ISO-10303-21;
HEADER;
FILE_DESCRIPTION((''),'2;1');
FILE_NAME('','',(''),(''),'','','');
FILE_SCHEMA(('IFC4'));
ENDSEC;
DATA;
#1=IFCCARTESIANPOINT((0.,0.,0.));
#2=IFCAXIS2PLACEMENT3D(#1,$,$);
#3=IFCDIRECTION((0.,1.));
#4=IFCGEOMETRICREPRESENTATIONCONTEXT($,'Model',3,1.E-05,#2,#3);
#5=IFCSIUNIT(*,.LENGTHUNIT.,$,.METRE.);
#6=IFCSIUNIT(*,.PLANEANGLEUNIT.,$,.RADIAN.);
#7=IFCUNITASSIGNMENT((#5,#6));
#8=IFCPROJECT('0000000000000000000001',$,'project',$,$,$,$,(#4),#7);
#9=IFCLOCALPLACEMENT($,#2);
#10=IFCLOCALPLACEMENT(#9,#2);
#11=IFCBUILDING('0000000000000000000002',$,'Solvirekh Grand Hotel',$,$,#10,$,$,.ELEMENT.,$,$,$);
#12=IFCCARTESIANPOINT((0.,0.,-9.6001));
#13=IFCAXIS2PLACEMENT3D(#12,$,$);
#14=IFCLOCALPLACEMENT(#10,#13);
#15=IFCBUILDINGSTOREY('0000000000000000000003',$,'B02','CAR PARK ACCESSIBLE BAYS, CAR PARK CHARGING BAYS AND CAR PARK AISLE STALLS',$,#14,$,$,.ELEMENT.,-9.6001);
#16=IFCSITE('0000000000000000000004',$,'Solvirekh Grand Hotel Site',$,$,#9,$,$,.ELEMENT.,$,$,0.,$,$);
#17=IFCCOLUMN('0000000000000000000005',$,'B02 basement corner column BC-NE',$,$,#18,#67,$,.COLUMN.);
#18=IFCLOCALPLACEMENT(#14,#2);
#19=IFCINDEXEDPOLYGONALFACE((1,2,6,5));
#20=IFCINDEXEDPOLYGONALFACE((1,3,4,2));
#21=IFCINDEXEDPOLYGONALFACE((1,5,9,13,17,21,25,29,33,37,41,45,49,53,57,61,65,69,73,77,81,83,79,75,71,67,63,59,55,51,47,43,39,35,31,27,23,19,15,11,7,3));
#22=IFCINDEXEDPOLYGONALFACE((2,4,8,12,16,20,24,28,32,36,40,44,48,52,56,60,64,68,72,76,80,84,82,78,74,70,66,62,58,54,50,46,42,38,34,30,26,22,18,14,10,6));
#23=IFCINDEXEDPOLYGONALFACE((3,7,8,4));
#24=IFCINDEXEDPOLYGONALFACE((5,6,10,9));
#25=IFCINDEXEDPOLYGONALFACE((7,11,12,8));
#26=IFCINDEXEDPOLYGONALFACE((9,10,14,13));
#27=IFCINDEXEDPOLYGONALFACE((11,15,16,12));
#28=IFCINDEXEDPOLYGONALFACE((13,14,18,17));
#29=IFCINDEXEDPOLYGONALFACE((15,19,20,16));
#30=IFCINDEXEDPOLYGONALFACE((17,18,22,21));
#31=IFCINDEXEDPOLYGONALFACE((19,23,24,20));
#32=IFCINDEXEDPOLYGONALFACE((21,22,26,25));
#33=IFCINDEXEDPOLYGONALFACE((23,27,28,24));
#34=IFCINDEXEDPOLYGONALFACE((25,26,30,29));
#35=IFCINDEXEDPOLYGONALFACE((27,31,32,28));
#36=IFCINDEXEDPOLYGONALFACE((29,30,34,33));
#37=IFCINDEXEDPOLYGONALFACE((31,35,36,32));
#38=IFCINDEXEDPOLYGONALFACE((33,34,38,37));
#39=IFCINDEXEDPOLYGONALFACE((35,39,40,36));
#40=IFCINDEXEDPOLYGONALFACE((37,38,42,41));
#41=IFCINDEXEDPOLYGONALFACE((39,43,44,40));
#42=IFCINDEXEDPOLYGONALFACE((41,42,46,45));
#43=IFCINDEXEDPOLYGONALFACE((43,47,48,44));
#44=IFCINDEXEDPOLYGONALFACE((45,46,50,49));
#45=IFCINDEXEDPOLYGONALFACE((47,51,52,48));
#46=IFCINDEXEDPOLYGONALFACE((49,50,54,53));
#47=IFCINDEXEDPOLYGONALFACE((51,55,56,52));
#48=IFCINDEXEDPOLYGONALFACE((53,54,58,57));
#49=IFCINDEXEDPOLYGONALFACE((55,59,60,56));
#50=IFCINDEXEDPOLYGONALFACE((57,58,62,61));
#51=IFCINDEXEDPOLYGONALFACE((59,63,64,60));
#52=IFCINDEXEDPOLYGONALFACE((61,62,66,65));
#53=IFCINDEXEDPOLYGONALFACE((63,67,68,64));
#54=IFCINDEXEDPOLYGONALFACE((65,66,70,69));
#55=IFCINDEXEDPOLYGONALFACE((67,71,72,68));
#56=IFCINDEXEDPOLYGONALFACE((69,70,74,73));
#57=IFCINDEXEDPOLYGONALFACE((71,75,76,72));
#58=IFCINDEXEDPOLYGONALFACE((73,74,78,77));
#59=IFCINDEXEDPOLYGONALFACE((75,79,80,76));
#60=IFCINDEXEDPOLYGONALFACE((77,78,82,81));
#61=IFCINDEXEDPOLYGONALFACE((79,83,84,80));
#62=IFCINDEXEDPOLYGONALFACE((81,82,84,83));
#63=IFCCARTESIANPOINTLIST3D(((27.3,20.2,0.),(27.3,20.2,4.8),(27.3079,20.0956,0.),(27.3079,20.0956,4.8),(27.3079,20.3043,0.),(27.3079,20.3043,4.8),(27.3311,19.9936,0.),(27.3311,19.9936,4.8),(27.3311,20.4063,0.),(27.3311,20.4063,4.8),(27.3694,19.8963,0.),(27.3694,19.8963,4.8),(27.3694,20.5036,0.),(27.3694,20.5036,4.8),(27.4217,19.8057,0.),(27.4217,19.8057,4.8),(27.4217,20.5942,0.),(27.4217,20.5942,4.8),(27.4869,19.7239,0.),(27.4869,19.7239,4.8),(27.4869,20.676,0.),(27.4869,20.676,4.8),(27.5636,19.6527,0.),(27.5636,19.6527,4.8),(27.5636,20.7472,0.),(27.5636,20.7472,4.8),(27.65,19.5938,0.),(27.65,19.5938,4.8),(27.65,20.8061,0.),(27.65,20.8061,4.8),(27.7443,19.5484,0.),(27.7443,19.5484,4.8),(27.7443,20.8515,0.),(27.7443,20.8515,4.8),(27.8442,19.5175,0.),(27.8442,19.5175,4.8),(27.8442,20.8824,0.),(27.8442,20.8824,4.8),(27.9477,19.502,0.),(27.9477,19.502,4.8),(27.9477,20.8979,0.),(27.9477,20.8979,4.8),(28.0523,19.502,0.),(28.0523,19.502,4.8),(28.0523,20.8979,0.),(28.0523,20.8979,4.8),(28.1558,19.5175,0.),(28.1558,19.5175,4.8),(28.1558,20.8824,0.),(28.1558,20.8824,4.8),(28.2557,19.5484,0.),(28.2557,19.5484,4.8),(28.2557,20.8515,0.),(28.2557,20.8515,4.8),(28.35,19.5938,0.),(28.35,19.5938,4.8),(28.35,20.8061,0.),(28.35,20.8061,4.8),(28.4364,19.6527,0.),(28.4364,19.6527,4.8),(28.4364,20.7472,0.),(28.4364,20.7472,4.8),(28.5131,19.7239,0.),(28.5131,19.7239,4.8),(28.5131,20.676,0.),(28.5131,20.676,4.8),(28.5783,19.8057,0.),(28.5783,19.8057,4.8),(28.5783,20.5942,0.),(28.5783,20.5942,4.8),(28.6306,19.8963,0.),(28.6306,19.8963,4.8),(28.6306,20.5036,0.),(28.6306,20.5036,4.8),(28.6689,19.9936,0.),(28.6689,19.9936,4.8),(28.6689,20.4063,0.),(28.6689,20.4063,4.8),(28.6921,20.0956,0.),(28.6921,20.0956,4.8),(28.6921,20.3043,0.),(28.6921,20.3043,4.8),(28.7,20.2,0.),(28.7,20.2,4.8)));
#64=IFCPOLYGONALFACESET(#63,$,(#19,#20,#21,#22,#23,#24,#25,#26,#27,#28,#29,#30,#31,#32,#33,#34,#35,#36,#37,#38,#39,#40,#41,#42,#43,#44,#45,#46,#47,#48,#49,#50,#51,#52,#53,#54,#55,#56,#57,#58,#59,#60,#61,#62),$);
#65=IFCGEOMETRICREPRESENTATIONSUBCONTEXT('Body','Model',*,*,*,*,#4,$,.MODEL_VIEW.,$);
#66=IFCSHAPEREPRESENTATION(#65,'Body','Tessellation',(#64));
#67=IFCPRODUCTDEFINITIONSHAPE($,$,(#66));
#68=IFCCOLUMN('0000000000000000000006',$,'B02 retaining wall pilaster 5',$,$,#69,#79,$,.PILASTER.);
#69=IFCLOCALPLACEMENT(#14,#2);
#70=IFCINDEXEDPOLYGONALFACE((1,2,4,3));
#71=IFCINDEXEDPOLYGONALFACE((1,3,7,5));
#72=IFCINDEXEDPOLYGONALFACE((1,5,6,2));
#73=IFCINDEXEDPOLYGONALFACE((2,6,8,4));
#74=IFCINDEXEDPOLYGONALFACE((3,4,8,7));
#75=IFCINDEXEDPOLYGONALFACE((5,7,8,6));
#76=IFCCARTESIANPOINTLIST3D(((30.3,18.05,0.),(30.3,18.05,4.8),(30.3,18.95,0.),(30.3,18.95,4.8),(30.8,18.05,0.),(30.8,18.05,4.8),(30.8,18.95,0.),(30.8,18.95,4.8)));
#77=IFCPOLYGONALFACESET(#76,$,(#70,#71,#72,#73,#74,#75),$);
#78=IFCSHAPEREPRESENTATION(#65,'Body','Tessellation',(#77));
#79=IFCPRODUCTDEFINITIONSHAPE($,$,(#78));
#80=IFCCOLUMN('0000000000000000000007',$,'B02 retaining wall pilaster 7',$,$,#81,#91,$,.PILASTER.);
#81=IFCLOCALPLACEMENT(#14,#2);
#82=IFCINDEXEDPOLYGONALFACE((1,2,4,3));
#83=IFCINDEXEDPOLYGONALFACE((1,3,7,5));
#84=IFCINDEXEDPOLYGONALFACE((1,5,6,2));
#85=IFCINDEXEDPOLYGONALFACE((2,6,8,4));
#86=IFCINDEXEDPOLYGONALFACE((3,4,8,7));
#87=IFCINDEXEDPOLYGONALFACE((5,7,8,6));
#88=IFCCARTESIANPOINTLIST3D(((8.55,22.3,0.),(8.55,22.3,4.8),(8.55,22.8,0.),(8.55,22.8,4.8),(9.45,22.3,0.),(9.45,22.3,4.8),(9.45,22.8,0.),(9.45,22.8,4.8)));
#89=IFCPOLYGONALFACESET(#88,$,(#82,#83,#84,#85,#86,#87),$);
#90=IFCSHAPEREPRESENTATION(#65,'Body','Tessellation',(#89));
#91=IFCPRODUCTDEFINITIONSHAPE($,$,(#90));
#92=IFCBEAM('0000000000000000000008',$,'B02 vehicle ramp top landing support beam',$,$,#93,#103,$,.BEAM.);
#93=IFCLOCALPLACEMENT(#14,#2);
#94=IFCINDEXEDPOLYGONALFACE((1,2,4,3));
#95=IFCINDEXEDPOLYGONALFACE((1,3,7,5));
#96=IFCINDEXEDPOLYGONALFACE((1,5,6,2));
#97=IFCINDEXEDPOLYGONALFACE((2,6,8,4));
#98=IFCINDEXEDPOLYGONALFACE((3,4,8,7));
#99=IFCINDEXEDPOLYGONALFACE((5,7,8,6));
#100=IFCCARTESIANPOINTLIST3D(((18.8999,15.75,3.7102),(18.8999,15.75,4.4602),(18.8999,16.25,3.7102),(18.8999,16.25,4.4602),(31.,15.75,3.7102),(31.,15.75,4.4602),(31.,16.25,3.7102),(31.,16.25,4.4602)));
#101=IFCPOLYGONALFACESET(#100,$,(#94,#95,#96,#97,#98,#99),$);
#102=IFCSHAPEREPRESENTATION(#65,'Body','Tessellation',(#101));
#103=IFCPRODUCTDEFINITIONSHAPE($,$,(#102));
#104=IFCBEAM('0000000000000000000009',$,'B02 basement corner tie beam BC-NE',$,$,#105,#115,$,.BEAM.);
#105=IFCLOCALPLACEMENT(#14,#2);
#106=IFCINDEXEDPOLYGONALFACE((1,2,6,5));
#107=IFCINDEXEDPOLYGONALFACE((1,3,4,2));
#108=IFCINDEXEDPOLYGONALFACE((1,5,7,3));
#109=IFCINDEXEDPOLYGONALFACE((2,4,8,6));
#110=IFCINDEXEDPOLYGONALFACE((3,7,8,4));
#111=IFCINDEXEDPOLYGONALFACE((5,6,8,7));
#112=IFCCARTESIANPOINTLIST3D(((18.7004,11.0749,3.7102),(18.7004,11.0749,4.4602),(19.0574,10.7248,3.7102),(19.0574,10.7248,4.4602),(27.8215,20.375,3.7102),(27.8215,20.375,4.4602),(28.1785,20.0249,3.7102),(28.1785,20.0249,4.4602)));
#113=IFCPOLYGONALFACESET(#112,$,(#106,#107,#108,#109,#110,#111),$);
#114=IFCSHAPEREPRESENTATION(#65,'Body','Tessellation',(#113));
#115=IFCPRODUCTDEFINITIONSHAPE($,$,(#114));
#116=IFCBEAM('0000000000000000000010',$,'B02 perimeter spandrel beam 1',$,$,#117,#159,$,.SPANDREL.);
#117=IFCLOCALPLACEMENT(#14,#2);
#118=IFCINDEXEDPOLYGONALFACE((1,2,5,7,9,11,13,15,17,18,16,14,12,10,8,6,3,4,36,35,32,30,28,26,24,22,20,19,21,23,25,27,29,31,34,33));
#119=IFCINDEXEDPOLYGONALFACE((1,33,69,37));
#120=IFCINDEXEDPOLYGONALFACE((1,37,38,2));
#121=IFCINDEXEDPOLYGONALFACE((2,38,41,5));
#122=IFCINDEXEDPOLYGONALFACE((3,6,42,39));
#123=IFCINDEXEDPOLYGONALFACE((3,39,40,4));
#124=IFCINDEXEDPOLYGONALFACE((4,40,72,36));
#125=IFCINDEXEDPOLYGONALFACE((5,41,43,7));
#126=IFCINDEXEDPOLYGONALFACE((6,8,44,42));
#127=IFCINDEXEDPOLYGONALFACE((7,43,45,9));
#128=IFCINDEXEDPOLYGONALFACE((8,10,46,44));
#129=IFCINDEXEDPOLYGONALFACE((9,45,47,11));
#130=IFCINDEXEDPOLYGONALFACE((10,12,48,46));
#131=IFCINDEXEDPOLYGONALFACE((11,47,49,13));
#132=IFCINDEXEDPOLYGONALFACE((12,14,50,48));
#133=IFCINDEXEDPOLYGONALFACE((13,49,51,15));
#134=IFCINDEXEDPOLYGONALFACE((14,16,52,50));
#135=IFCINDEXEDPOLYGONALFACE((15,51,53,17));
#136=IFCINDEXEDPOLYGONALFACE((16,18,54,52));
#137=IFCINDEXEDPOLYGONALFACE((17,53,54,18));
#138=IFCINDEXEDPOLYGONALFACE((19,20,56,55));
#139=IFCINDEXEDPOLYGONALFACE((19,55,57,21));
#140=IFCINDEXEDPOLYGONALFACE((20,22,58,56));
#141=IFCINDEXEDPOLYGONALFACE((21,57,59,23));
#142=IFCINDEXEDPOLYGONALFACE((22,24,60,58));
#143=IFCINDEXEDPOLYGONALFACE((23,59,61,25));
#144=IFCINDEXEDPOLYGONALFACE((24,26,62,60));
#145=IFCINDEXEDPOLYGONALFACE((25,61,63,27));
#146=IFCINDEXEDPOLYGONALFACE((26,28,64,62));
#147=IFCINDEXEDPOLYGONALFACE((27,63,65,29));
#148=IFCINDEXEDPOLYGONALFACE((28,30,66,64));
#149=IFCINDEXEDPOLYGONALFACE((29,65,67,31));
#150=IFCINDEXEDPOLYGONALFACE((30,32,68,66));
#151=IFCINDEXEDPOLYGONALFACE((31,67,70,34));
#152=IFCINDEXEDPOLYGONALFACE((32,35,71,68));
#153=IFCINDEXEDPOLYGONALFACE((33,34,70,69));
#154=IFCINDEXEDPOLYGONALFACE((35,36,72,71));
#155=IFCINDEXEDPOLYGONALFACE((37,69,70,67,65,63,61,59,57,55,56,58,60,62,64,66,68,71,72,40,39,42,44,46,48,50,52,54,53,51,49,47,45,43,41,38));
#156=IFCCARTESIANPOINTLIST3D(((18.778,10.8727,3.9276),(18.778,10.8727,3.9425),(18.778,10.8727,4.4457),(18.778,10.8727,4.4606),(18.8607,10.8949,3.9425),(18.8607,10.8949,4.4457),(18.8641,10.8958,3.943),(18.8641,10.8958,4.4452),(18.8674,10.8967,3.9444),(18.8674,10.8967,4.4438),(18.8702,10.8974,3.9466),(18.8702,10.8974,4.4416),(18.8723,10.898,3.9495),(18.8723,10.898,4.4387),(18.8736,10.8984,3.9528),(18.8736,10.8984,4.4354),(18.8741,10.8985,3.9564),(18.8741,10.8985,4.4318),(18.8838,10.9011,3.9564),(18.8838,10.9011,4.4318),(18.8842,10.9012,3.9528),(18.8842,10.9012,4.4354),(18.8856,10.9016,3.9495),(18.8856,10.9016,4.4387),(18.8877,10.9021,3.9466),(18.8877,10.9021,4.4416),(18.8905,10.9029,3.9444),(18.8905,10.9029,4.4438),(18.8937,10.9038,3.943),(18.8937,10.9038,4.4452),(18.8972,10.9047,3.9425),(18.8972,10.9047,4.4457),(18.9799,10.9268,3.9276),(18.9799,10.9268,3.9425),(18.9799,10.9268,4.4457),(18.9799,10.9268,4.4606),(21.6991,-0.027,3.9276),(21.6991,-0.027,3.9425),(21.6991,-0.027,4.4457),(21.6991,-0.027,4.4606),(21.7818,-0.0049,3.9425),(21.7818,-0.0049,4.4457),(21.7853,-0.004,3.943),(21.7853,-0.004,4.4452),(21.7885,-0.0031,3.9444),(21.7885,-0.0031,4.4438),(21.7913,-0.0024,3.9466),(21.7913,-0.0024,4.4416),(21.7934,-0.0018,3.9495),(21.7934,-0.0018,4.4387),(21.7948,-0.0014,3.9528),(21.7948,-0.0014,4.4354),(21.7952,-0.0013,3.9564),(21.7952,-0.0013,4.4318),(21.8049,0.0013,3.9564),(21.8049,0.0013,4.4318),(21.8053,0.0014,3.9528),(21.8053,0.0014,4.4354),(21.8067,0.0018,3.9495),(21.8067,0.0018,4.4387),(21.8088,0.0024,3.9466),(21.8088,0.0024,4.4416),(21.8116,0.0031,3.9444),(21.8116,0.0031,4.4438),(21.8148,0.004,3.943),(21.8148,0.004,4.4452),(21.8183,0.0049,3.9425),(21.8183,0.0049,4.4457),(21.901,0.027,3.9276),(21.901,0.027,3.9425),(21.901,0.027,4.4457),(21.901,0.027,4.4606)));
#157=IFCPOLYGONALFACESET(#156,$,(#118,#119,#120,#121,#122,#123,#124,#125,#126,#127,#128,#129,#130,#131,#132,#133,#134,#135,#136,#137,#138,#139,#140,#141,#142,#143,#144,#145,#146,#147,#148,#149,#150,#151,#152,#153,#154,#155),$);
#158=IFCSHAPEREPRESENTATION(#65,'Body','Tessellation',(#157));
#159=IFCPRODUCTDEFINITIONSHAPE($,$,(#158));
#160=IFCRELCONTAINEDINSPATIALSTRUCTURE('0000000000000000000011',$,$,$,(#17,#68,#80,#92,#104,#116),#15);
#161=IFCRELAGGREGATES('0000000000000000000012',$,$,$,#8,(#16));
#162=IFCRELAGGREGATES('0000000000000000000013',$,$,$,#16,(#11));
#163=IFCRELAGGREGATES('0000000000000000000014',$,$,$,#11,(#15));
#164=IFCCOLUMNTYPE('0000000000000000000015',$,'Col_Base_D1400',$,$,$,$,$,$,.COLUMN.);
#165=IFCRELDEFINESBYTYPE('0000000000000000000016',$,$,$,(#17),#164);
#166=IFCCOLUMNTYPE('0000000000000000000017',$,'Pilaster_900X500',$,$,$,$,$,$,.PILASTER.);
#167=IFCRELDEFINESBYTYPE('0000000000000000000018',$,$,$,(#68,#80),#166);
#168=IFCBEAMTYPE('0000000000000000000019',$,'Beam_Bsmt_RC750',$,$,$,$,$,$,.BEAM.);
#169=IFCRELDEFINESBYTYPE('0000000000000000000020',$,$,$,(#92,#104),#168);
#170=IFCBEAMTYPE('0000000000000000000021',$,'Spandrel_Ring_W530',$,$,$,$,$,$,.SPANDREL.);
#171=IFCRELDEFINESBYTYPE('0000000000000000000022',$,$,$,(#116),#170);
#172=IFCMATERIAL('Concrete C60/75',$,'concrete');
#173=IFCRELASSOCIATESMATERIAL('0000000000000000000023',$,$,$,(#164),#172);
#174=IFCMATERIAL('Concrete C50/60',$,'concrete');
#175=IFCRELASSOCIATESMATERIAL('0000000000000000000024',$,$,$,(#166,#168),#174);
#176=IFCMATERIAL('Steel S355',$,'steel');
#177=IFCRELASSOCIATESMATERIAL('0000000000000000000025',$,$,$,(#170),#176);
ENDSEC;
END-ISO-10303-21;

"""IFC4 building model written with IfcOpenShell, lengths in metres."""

from ifc_helpers import new_model, si_unit, direction, frame, origin, origin_2d, place, context, subcontext, project, spatial, rectangle, circle, i_section, extrude, material, material_profile, profile_set, type_object, element, save


model = new_model("IFC4")

# Units and contexts
model_context = context("Model", 3, precision=1e-05, world=origin(), true_north=direction((0.0, 1.0)))
body_context = subcontext(model_context, "Body", "Model", "MODEL_VIEW")
ifc_project = project(units=[si_unit("LENGTHUNIT", "METRE"), si_unit("PLANEANGLEUNIT", "RADIAN")], contexts=[model_context])

# Site, building, storey
site_placement = place(None, origin())
site = spatial("IfcSite", under=ifc_project, at=site_placement, Name="Solvirekh Grand Hotel Site", CompositionType="ELEMENT", RefElevation=0.0)
building_placement = place(site_placement, origin())
building = spatial("IfcBuilding", under=site, at=building_placement, Name="Solvirekh Grand Hotel", CompositionType="ELEMENT")
storey_placement = place(building_placement, frame((0.0, 0.0, -9.6001)))
storey = spatial("IfcBuildingStorey", under=building, at=storey_placement, Name="B02", Description="CAR PARK ACCESSIBLE BAYS, CAR PARK CHARGING BAYS AND CAR PARK AISLE STALLS", CompositionType="ELEMENT", Elevation=-9.6001)

# Shared definitions
ifc_material_1 = material(Name="Concrete C50/60", Category="concrete")

# Columns
ifc_material_2 = material(Name="Concrete C60/75", Category="concrete")
ifc_material_profile_1 = material_profile(ifc_material_2, circle(Radius=0.7, at=origin_2d()), Name="RC CIRC D1400")
ifc_profile_set_1 = profile_set([ifc_material_profile_1], Name="Concrete C60/75")
column_type_1 = type_object("IfcColumnType", Name="Col_Base_D1400", PredefinedType="COLUMN", material=ifc_profile_set_1)
for number, where, z_axis, x_axis, name in (
    (1, (28.0, 20.2, 0.0), (0.0, 0.0, 1.0), (1.0, 0.0, 0.0), "B02 basement corner column BC-NE"),
):
    element("IfcColumn", number, at=place(storey_placement, frame(where, z_axis=z_axis, x_axis=x_axis)), inside=storey, type_object=column_type_1, Name=name, PredefinedType="COLUMN", context=body_context, shape_type="SweptSolid", body=[
        extrude(circle(Radius=0.7, at=origin_2d()), origin(), (0.0, 0.0, 1.0), 4.8),
    ])
ifc_material_profile_2 = material_profile(ifc_material_1, rectangle(XDim=0.5, YDim=0.8999, at=origin_2d()), Name="RC PILASTER 900X500")
ifc_profile_set_2 = profile_set([ifc_material_profile_2], Name="Concrete C50/60")
column_type_2 = type_object("IfcColumnType", Name="Pilaster_900X500", PredefinedType="PILASTER", material=ifc_profile_set_2)
for number, where, z_axis, x_axis, name in (
    (2, (30.55, 18.5, 0.0), (0.0, 0.0, 1.0), (1.0, 0.0, 0.0), "B02 retaining wall pilaster 5"),
    (3, (9.0, 22.55, 0.0), (0.0, 0.0, 1.0), (0.0, 1.0, 0.0), "B02 retaining wall pilaster 7"),
):
    element("IfcColumn", number, at=place(storey_placement, frame(where, z_axis=z_axis, x_axis=x_axis)), inside=storey, type_object=column_type_2, Name=name, PredefinedType="PILASTER", context=body_context, shape_type="SweptSolid", body=[
        extrude(rectangle(XDim=0.5, YDim=0.8999, at=origin_2d()), origin(), (0.0, 0.0, 1.0), 4.8),
    ])

# Beams
ifc_material_profile_3 = material_profile(ifc_material_1, rectangle(XDim=0.5, YDim=0.75, at=origin_2d()), Name="RC BEAM 500X750")
ifc_profile_set_3 = profile_set([ifc_material_profile_3], Name="Concrete C50/60")
beam_type_1 = type_object("IfcBeamType", Name="Beam_Bsmt_RC750", PredefinedType="BEAM", material=ifc_profile_set_3)
beam_1_placement = place(storey_placement, frame((18.8999, 16.0, 4.0852), z_axis=(1.0, 0.0, 0.0), x_axis=(0.0, 1.0, 0.0)))
element("IfcBeam", 4, at=beam_1_placement, inside=storey, type_object=beam_type_1, Name="B02 vehicle ramp top landing support beam", PredefinedType="BEAM", context=body_context, shape_type="SweptSolid", body=[
    extrude(rectangle(XDim=0.5, YDim=0.75, at=origin_2d()), origin(), (0.0, 0.0, 1.0), 12.1001),
])
beam_2_placement = place(storey_placement, frame((28.0, 20.2, 4.0852), z_axis=(-0.700204, -0.713942, 0.0), x_axis=(0.713942, -0.700204, 0.0)))
element("IfcBeam", 5, at=beam_2_placement, inside=storey, type_object=beam_type_1, Name="B02 basement corner tie beam BC-NE", PredefinedType="BEAM", context=body_context, shape_type="SweptSolid", body=[
    extrude(rectangle(XDim=0.5, YDim=0.75, at=origin_2d()), origin(), (0.0, 0.0, 1.0), 13.0264),
])
ifc_material_3 = material(Name="Steel S355", Category="steel")
ifc_material_profile_4 = material_profile(ifc_material_3, i_section(OverallWidth=0.209, OverallDepth=0.533, WebThickness=0.01, FlangeThickness=0.0149, FilletRadius=0.0139, at=origin_2d()), Name="W530X92")
ifc_profile_set_4 = profile_set([ifc_material_profile_4], Name="Steel S355")
beam_type_2 = type_object("IfcBeamType", Name="Spandrel_Ring_W530", PredefinedType="SPANDREL", material=ifc_profile_set_4)
beam_3_placement = place(storey_placement, frame((21.8, 0.0, 4.1941), z_axis=(-0.258862, 0.965914, 0.0), x_axis=(-0.965914, -0.258862, 0.0)))
element("IfcBeam", 6, at=beam_3_placement, inside=storey, type_object=beam_type_2, Name="B02 perimeter spandrel beam 1", PredefinedType="SPANDREL", context=body_context, shape_type="SweptSolid", body=[
    extrude(i_section(OverallWidth=0.209, OverallDepth=0.533, WebThickness=0.01, FlangeThickness=0.0149, FilletRadius=0.0139, at=origin_2d()), origin(), (0.0, 0.0, 1.0), 11.2844),
])

save(model, "model.ifc")
